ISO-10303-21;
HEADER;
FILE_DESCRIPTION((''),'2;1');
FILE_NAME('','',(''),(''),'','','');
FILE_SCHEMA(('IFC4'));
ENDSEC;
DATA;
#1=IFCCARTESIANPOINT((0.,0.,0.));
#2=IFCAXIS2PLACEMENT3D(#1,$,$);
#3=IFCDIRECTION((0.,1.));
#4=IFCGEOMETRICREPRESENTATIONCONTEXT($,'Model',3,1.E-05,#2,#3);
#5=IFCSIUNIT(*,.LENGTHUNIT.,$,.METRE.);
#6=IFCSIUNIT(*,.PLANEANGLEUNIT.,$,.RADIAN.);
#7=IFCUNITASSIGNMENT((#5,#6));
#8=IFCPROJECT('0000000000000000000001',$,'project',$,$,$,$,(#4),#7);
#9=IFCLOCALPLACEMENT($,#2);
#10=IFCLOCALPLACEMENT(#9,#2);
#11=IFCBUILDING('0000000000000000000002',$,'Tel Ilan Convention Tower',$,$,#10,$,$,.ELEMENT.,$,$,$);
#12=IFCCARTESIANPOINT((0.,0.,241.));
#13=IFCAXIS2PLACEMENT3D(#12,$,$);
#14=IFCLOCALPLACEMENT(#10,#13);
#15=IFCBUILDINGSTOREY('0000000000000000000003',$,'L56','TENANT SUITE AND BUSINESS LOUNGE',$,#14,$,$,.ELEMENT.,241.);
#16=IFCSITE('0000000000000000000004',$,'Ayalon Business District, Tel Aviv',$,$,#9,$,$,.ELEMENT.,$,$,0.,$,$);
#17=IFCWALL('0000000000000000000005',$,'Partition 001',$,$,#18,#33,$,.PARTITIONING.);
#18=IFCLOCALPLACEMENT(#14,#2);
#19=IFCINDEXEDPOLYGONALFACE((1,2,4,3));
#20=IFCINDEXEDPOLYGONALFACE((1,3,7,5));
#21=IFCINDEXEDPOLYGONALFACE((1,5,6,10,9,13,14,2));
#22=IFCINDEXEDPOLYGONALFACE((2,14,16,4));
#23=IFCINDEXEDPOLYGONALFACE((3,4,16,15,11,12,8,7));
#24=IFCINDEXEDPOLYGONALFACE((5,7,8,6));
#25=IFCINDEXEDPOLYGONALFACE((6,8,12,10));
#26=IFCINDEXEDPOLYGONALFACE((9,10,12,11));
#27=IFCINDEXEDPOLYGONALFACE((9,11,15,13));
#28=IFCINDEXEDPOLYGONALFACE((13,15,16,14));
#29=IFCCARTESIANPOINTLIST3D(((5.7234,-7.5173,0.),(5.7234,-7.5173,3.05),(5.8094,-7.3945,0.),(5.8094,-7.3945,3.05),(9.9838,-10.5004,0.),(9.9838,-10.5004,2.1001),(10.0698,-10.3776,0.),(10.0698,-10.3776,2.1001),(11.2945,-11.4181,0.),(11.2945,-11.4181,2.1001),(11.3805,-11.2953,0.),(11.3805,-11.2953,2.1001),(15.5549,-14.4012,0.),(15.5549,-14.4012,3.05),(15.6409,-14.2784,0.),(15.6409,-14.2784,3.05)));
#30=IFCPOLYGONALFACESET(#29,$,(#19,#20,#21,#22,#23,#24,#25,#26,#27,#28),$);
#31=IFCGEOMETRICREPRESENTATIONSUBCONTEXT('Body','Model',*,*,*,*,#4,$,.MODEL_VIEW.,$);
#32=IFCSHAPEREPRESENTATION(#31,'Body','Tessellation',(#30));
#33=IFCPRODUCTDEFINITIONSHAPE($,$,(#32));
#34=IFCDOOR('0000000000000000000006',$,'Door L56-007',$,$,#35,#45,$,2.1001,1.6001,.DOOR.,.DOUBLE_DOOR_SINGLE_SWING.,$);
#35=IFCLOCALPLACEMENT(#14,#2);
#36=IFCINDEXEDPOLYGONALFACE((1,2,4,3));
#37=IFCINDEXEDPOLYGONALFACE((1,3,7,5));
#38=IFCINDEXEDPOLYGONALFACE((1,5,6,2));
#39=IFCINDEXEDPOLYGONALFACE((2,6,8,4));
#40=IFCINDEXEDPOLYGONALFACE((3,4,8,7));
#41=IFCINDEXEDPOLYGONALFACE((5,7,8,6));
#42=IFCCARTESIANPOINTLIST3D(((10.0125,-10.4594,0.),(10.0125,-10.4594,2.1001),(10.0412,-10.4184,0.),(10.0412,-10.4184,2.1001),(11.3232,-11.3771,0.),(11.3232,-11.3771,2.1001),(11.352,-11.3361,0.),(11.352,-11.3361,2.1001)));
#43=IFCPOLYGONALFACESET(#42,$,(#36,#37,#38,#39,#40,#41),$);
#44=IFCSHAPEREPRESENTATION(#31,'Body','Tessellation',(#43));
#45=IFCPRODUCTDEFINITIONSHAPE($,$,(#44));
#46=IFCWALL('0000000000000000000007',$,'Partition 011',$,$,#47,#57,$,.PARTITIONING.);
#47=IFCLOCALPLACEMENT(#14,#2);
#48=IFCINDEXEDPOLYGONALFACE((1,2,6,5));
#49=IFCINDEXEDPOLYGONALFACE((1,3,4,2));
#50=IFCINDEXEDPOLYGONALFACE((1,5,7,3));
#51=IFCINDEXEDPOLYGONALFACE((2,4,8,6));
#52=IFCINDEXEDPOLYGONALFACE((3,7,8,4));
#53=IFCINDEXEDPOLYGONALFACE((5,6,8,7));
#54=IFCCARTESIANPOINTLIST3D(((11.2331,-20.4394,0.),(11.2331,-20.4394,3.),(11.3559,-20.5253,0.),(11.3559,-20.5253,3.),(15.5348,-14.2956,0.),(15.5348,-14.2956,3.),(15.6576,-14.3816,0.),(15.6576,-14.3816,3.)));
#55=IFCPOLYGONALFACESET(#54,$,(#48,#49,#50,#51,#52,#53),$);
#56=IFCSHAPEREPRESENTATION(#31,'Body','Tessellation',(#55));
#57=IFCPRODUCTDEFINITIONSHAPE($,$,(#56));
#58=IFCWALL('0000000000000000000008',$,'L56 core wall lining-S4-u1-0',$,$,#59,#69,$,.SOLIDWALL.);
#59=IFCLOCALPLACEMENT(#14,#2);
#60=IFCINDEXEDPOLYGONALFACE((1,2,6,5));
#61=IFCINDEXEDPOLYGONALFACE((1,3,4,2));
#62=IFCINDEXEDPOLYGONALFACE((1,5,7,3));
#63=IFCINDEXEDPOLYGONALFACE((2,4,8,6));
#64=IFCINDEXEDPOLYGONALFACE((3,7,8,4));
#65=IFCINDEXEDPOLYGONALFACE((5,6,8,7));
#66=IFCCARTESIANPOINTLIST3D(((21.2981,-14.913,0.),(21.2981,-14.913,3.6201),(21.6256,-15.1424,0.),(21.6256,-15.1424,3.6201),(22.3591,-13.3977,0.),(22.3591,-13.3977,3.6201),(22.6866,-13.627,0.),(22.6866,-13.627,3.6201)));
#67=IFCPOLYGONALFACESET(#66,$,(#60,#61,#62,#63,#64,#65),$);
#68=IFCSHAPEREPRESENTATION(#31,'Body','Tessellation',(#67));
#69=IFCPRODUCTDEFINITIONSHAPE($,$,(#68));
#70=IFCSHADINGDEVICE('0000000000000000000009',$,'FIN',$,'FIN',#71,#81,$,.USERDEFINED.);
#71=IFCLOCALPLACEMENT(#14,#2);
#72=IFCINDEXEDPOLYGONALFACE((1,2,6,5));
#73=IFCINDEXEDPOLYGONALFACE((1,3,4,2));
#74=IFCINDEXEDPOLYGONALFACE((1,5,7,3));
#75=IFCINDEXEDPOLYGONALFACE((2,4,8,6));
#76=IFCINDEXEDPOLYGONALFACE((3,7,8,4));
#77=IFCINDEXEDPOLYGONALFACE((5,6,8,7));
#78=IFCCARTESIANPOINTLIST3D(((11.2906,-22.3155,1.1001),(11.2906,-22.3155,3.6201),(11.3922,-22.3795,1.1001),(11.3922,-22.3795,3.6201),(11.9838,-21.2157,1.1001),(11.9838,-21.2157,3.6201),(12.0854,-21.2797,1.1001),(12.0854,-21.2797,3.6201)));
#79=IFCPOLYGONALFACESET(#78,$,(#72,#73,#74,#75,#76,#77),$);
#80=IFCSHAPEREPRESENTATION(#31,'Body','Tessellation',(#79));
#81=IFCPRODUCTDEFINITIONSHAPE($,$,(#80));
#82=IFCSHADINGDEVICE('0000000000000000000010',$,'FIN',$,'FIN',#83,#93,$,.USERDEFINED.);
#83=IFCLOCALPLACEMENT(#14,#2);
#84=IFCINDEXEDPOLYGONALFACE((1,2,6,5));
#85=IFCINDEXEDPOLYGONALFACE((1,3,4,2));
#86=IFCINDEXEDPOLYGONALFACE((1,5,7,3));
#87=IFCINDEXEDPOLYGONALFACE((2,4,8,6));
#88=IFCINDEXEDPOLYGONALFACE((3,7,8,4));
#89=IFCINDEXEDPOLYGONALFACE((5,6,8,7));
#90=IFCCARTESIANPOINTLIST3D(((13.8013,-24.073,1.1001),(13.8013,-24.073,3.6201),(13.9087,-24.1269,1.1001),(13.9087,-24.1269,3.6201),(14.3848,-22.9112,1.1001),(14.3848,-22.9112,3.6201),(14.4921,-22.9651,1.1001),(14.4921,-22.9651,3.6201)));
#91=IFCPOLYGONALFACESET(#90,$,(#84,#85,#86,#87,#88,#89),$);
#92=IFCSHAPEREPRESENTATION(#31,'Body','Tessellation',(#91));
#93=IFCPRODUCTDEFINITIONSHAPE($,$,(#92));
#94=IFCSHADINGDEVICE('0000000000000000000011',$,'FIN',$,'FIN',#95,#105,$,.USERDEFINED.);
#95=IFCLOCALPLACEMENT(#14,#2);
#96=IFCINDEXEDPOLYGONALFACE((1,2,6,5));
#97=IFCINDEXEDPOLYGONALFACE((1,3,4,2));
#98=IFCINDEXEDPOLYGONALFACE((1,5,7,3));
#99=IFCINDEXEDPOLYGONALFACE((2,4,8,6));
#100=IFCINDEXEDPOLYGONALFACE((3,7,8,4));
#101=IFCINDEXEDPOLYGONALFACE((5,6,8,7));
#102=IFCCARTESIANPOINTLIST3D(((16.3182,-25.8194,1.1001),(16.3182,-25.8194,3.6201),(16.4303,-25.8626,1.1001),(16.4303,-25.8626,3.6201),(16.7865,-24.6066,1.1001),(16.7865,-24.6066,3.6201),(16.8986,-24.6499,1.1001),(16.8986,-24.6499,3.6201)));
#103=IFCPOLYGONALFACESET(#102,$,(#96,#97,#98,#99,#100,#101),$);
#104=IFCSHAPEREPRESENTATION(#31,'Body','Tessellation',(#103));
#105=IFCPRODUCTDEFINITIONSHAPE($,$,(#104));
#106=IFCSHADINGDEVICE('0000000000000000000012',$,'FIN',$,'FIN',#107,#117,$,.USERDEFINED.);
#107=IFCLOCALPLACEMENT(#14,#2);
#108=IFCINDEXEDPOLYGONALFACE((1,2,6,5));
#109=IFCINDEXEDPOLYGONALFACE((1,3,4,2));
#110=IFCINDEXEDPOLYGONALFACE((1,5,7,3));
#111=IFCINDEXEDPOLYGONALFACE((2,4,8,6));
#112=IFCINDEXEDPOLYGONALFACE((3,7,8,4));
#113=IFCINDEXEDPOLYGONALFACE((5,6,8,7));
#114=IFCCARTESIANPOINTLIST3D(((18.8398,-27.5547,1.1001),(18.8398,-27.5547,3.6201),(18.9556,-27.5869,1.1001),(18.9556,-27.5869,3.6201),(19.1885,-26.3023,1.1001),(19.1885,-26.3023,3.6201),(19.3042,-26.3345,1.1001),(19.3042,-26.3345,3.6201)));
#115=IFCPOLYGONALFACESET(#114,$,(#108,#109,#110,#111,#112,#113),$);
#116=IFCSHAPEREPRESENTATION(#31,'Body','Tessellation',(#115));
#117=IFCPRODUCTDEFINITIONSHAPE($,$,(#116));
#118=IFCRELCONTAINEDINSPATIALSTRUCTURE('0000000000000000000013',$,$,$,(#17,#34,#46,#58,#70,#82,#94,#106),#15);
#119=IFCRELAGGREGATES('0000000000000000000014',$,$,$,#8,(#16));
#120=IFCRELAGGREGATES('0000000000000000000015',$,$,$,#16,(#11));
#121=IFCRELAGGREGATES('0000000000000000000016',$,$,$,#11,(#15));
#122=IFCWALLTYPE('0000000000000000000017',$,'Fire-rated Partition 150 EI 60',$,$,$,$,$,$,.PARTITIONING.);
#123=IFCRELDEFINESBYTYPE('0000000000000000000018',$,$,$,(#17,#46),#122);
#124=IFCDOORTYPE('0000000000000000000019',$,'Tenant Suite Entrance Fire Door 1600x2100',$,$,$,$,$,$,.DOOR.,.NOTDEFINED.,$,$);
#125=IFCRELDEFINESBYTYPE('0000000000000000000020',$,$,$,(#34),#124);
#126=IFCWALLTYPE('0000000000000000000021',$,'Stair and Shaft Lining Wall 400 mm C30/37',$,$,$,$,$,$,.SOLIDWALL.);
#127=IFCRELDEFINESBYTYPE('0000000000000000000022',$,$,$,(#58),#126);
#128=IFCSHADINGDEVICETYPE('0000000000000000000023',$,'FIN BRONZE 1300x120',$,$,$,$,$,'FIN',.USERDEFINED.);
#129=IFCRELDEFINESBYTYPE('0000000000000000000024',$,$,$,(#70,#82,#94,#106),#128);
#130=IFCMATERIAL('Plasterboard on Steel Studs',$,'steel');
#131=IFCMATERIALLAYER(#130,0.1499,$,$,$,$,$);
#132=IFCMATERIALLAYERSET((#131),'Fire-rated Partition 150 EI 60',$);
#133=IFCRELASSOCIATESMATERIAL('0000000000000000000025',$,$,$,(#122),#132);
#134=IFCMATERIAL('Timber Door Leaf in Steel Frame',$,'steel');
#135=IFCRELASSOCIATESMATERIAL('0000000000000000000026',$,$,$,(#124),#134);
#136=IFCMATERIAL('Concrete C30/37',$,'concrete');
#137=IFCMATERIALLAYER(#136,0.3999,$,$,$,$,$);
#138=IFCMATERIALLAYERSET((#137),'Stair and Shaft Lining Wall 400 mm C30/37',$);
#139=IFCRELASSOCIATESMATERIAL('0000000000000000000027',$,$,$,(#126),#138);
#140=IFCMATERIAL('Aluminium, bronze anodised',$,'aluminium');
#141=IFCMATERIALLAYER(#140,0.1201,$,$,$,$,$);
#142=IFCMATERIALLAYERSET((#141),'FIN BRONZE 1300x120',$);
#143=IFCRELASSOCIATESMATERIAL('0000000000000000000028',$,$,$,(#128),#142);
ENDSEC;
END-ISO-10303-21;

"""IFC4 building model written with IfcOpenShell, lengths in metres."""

from ifc_helpers import new_model, si_unit, direction, frame, frame_2d, origin, origin_2d, place, context, subcontext, project, spatial, rectangle, extrude, material, layer, layer_set, type_object, element, fill, save


model = new_model("IFC4")

# Units and contexts
model_context = context("Model", 3, precision=1e-05, world=origin(), true_north=direction((0.0, 1.0)))
body_context = subcontext(model_context, "Body", "Model", "MODEL_VIEW")
ifc_project = project(units=[si_unit("LENGTHUNIT", "METRE"), si_unit("PLANEANGLEUNIT", "RADIAN")], contexts=[model_context])

# Site, building, storey
site_placement = place(None, origin())
site = spatial("IfcSite", under=ifc_project, at=site_placement, Name="Ayalon Business District, Tel Aviv", CompositionType="ELEMENT", RefElevation=0.0)
building_placement = place(site_placement, origin())
building = spatial("IfcBuilding", under=site, at=building_placement, Name="Tel Ilan Convention Tower", CompositionType="ELEMENT")
storey_placement = place(building_placement, frame((0.0, 0.0, 241.0)))
storey = spatial("IfcBuildingStorey", under=building, at=storey_placement, Name="L56", Description="TENANT SUITE AND BUSINESS LOUNGE", CompositionType="ELEMENT", Elevation=241.0)

# Wall, opening, door
ifc_material_1 = material(Name="Plasterboard on Steel Studs", Category="steel")
ifc_layer_1 = layer(ifc_material_1, 0.1499)
ifc_layer_set_1 = layer_set([ifc_layer_1], Name="Fire-rated Partition 150 EI 60")
wall_type_1 = type_object("IfcWallType", Name="Fire-rated Partition 150 EI 60", PredefinedType="PARTITIONING", material=ifc_layer_set_1)
wall_1_placement = place(storey_placement, frame((15.5979, -14.3398, 0.0), z_axis=(0.0, 0.0, 1.0), x_axis=(-0.819155, 0.573572, 0.0)))
wall_1 = element("IfcWall", 1, at=wall_1_placement, inside=storey, type_object=wall_type_1, Name="Partition 001", PredefinedType="PARTITIONING", context=body_context, shape_type="SweptSolid", body=[
    extrude(rectangle(XDim=12.002, YDim=0.1499, at=frame_2d((6.001, 0.0))), origin(), (0.0, 0.0, 1.0), 3.05),
])
opening_placement = place(wall_1_placement, frame((5.2009, 0.0, 0.0)))
opening = element("IfcOpeningElement", 2, at=opening_placement, cuts=wall_1, PredefinedType="OPENING", context=body_context, shape_type="SweptSolid", body=[
    extrude(rectangle(XDim=1.6001, YDim=2.1001, at=frame_2d((0.8, 1.05))), frame((0.0, 0.085, 0.0), z_axis=(0.0, -1.0, 0.0), x_axis=(1.0, 0.0, 0.0)), (0.0, 0.0, 1.0), 0.1699),
])
ifc_material_2 = material(Name="Timber Door Leaf in Steel Frame", Category="steel")
door_type = type_object("IfcDoorType", Name="Tenant Suite Entrance Fire Door 1600x2100", OperationType="NOTDEFINED", PredefinedType="DOOR", material=ifc_material_2)
door_placement = place(opening_placement, origin())
door = element("IfcDoor", 3, at=door_placement, inside=storey, type_object=door_type, Name="Door L56-007", OperationType="DOUBLE_DOOR_SINGLE_SWING", OverallHeight=2.1001, OverallWidth=1.6001, PredefinedType="DOOR", context=body_context, shape_type="SweptSolid", body=[
    extrude(rectangle(XDim=1.6001, YDim=2.1001, at=frame_2d((0.8, 1.05))), frame((0.0, 0.0249, 0.0), z_axis=(0.0, -1.0, 0.0), x_axis=(1.0, 0.0, 0.0)), (0.0, 0.0, 1.0), 0.05),
])
fill(opening, door)

# Walls
wall_2_placement = place(storey_placement, frame((15.5962, -14.3386, 0.0), z_axis=(0.0, 0.0, 1.0), x_axis=(-0.573561, -0.819163, 0.0)))
element("IfcWall", 4, at=wall_2_placement, inside=storey, type_object=wall_type_1, Name="Partition 011", PredefinedType="PARTITIONING", context=body_context, shape_type="SweptSolid", body=[
    extrude(rectangle(XDim=7.5, YDim=0.1499, at=frame_2d((3.75, 0.0))), origin(), (0.0, 0.0, 1.0), 3.0),
])
ifc_material_3 = material(Name="Concrete C30/37", Category="concrete")
ifc_layer_2 = layer(ifc_material_3, 0.3999)
ifc_layer_set_2 = layer_set([ifc_layer_2], Name="Stair and Shaft Lining Wall 400 mm C30/37")
wall_type_2 = type_object("IfcWallType", Name="Stair and Shaft Lining Wall 400 mm C30/37", PredefinedType="SOLIDWALL", material=ifc_layer_set_2)
wall_3_placement = place(storey_placement, frame((21.4619, -15.0276, 0.0), z_axis=(0.0, 0.0, 1.0), x_axis=(0.57356, 0.819164, 0.0)))
element("IfcWall", 5, at=wall_3_placement, inside=storey, type_object=wall_type_2, Name="L56 core wall lining-S4-u1-0", PredefinedType="SOLIDWALL", context=body_context, shape_type="SweptSolid", body=[
    extrude(rectangle(XDim=1.8499, YDim=0.3999, at=frame_2d((0.9248, 0.0))), origin(), (0.0, 0.0, 1.0), 3.6201),
])

# Shading devices
ifc_material_4 = material(Name="Aluminium, bronze anodised", Category="aluminium")
ifc_layer_3 = layer(ifc_material_4, 0.1201)
ifc_layer_set_3 = layer_set([ifc_layer_3], Name="FIN BRONZE 1300x120")
shading_device_type = type_object("IfcShadingDeviceType", Name="FIN BRONZE 1300x120", ElementType="FIN", PredefinedType="USERDEFINED", material=ifc_layer_set_3)
for number, where, z_axis, x_axis, name in (
    (6, (11.688, -21.7976, 1.1001), (0.0, 0.0, 1.0), (-0.533204, -0.845986, 0.0), "FIN"),
    (7, (14.1467, -23.519, 1.1001), (0.0, 0.0, 1.0), (-0.448799, -0.893633, 0.0), "FIN"),
    (8, (16.6084, -25.2346, 1.1001), (0.0, 0.0, 1.0), (-0.360178, -0.932884, 0.0), "FIN"),
    (9, (19.072, -26.9446, 1.1001), (0.0, 0.0, 1.0), (-0.268173, -0.963371, 0.0), "FIN"),
):
    element("IfcShadingDevice", number, at=place(storey_placement, frame(where, z_axis=z_axis, x_axis=x_axis)), inside=storey, type_object=shading_device_type, Name=name, ObjectType="FIN", PredefinedType="USERDEFINED", context=body_context, shape_type="SweptSolid", body=[
        extrude(rectangle(XDim=1.3, YDim=0.1201, at=origin_2d()), origin(), (0.0, 0.0, 1.0), 2.52),
    ])

save(model, "model.ifc")
